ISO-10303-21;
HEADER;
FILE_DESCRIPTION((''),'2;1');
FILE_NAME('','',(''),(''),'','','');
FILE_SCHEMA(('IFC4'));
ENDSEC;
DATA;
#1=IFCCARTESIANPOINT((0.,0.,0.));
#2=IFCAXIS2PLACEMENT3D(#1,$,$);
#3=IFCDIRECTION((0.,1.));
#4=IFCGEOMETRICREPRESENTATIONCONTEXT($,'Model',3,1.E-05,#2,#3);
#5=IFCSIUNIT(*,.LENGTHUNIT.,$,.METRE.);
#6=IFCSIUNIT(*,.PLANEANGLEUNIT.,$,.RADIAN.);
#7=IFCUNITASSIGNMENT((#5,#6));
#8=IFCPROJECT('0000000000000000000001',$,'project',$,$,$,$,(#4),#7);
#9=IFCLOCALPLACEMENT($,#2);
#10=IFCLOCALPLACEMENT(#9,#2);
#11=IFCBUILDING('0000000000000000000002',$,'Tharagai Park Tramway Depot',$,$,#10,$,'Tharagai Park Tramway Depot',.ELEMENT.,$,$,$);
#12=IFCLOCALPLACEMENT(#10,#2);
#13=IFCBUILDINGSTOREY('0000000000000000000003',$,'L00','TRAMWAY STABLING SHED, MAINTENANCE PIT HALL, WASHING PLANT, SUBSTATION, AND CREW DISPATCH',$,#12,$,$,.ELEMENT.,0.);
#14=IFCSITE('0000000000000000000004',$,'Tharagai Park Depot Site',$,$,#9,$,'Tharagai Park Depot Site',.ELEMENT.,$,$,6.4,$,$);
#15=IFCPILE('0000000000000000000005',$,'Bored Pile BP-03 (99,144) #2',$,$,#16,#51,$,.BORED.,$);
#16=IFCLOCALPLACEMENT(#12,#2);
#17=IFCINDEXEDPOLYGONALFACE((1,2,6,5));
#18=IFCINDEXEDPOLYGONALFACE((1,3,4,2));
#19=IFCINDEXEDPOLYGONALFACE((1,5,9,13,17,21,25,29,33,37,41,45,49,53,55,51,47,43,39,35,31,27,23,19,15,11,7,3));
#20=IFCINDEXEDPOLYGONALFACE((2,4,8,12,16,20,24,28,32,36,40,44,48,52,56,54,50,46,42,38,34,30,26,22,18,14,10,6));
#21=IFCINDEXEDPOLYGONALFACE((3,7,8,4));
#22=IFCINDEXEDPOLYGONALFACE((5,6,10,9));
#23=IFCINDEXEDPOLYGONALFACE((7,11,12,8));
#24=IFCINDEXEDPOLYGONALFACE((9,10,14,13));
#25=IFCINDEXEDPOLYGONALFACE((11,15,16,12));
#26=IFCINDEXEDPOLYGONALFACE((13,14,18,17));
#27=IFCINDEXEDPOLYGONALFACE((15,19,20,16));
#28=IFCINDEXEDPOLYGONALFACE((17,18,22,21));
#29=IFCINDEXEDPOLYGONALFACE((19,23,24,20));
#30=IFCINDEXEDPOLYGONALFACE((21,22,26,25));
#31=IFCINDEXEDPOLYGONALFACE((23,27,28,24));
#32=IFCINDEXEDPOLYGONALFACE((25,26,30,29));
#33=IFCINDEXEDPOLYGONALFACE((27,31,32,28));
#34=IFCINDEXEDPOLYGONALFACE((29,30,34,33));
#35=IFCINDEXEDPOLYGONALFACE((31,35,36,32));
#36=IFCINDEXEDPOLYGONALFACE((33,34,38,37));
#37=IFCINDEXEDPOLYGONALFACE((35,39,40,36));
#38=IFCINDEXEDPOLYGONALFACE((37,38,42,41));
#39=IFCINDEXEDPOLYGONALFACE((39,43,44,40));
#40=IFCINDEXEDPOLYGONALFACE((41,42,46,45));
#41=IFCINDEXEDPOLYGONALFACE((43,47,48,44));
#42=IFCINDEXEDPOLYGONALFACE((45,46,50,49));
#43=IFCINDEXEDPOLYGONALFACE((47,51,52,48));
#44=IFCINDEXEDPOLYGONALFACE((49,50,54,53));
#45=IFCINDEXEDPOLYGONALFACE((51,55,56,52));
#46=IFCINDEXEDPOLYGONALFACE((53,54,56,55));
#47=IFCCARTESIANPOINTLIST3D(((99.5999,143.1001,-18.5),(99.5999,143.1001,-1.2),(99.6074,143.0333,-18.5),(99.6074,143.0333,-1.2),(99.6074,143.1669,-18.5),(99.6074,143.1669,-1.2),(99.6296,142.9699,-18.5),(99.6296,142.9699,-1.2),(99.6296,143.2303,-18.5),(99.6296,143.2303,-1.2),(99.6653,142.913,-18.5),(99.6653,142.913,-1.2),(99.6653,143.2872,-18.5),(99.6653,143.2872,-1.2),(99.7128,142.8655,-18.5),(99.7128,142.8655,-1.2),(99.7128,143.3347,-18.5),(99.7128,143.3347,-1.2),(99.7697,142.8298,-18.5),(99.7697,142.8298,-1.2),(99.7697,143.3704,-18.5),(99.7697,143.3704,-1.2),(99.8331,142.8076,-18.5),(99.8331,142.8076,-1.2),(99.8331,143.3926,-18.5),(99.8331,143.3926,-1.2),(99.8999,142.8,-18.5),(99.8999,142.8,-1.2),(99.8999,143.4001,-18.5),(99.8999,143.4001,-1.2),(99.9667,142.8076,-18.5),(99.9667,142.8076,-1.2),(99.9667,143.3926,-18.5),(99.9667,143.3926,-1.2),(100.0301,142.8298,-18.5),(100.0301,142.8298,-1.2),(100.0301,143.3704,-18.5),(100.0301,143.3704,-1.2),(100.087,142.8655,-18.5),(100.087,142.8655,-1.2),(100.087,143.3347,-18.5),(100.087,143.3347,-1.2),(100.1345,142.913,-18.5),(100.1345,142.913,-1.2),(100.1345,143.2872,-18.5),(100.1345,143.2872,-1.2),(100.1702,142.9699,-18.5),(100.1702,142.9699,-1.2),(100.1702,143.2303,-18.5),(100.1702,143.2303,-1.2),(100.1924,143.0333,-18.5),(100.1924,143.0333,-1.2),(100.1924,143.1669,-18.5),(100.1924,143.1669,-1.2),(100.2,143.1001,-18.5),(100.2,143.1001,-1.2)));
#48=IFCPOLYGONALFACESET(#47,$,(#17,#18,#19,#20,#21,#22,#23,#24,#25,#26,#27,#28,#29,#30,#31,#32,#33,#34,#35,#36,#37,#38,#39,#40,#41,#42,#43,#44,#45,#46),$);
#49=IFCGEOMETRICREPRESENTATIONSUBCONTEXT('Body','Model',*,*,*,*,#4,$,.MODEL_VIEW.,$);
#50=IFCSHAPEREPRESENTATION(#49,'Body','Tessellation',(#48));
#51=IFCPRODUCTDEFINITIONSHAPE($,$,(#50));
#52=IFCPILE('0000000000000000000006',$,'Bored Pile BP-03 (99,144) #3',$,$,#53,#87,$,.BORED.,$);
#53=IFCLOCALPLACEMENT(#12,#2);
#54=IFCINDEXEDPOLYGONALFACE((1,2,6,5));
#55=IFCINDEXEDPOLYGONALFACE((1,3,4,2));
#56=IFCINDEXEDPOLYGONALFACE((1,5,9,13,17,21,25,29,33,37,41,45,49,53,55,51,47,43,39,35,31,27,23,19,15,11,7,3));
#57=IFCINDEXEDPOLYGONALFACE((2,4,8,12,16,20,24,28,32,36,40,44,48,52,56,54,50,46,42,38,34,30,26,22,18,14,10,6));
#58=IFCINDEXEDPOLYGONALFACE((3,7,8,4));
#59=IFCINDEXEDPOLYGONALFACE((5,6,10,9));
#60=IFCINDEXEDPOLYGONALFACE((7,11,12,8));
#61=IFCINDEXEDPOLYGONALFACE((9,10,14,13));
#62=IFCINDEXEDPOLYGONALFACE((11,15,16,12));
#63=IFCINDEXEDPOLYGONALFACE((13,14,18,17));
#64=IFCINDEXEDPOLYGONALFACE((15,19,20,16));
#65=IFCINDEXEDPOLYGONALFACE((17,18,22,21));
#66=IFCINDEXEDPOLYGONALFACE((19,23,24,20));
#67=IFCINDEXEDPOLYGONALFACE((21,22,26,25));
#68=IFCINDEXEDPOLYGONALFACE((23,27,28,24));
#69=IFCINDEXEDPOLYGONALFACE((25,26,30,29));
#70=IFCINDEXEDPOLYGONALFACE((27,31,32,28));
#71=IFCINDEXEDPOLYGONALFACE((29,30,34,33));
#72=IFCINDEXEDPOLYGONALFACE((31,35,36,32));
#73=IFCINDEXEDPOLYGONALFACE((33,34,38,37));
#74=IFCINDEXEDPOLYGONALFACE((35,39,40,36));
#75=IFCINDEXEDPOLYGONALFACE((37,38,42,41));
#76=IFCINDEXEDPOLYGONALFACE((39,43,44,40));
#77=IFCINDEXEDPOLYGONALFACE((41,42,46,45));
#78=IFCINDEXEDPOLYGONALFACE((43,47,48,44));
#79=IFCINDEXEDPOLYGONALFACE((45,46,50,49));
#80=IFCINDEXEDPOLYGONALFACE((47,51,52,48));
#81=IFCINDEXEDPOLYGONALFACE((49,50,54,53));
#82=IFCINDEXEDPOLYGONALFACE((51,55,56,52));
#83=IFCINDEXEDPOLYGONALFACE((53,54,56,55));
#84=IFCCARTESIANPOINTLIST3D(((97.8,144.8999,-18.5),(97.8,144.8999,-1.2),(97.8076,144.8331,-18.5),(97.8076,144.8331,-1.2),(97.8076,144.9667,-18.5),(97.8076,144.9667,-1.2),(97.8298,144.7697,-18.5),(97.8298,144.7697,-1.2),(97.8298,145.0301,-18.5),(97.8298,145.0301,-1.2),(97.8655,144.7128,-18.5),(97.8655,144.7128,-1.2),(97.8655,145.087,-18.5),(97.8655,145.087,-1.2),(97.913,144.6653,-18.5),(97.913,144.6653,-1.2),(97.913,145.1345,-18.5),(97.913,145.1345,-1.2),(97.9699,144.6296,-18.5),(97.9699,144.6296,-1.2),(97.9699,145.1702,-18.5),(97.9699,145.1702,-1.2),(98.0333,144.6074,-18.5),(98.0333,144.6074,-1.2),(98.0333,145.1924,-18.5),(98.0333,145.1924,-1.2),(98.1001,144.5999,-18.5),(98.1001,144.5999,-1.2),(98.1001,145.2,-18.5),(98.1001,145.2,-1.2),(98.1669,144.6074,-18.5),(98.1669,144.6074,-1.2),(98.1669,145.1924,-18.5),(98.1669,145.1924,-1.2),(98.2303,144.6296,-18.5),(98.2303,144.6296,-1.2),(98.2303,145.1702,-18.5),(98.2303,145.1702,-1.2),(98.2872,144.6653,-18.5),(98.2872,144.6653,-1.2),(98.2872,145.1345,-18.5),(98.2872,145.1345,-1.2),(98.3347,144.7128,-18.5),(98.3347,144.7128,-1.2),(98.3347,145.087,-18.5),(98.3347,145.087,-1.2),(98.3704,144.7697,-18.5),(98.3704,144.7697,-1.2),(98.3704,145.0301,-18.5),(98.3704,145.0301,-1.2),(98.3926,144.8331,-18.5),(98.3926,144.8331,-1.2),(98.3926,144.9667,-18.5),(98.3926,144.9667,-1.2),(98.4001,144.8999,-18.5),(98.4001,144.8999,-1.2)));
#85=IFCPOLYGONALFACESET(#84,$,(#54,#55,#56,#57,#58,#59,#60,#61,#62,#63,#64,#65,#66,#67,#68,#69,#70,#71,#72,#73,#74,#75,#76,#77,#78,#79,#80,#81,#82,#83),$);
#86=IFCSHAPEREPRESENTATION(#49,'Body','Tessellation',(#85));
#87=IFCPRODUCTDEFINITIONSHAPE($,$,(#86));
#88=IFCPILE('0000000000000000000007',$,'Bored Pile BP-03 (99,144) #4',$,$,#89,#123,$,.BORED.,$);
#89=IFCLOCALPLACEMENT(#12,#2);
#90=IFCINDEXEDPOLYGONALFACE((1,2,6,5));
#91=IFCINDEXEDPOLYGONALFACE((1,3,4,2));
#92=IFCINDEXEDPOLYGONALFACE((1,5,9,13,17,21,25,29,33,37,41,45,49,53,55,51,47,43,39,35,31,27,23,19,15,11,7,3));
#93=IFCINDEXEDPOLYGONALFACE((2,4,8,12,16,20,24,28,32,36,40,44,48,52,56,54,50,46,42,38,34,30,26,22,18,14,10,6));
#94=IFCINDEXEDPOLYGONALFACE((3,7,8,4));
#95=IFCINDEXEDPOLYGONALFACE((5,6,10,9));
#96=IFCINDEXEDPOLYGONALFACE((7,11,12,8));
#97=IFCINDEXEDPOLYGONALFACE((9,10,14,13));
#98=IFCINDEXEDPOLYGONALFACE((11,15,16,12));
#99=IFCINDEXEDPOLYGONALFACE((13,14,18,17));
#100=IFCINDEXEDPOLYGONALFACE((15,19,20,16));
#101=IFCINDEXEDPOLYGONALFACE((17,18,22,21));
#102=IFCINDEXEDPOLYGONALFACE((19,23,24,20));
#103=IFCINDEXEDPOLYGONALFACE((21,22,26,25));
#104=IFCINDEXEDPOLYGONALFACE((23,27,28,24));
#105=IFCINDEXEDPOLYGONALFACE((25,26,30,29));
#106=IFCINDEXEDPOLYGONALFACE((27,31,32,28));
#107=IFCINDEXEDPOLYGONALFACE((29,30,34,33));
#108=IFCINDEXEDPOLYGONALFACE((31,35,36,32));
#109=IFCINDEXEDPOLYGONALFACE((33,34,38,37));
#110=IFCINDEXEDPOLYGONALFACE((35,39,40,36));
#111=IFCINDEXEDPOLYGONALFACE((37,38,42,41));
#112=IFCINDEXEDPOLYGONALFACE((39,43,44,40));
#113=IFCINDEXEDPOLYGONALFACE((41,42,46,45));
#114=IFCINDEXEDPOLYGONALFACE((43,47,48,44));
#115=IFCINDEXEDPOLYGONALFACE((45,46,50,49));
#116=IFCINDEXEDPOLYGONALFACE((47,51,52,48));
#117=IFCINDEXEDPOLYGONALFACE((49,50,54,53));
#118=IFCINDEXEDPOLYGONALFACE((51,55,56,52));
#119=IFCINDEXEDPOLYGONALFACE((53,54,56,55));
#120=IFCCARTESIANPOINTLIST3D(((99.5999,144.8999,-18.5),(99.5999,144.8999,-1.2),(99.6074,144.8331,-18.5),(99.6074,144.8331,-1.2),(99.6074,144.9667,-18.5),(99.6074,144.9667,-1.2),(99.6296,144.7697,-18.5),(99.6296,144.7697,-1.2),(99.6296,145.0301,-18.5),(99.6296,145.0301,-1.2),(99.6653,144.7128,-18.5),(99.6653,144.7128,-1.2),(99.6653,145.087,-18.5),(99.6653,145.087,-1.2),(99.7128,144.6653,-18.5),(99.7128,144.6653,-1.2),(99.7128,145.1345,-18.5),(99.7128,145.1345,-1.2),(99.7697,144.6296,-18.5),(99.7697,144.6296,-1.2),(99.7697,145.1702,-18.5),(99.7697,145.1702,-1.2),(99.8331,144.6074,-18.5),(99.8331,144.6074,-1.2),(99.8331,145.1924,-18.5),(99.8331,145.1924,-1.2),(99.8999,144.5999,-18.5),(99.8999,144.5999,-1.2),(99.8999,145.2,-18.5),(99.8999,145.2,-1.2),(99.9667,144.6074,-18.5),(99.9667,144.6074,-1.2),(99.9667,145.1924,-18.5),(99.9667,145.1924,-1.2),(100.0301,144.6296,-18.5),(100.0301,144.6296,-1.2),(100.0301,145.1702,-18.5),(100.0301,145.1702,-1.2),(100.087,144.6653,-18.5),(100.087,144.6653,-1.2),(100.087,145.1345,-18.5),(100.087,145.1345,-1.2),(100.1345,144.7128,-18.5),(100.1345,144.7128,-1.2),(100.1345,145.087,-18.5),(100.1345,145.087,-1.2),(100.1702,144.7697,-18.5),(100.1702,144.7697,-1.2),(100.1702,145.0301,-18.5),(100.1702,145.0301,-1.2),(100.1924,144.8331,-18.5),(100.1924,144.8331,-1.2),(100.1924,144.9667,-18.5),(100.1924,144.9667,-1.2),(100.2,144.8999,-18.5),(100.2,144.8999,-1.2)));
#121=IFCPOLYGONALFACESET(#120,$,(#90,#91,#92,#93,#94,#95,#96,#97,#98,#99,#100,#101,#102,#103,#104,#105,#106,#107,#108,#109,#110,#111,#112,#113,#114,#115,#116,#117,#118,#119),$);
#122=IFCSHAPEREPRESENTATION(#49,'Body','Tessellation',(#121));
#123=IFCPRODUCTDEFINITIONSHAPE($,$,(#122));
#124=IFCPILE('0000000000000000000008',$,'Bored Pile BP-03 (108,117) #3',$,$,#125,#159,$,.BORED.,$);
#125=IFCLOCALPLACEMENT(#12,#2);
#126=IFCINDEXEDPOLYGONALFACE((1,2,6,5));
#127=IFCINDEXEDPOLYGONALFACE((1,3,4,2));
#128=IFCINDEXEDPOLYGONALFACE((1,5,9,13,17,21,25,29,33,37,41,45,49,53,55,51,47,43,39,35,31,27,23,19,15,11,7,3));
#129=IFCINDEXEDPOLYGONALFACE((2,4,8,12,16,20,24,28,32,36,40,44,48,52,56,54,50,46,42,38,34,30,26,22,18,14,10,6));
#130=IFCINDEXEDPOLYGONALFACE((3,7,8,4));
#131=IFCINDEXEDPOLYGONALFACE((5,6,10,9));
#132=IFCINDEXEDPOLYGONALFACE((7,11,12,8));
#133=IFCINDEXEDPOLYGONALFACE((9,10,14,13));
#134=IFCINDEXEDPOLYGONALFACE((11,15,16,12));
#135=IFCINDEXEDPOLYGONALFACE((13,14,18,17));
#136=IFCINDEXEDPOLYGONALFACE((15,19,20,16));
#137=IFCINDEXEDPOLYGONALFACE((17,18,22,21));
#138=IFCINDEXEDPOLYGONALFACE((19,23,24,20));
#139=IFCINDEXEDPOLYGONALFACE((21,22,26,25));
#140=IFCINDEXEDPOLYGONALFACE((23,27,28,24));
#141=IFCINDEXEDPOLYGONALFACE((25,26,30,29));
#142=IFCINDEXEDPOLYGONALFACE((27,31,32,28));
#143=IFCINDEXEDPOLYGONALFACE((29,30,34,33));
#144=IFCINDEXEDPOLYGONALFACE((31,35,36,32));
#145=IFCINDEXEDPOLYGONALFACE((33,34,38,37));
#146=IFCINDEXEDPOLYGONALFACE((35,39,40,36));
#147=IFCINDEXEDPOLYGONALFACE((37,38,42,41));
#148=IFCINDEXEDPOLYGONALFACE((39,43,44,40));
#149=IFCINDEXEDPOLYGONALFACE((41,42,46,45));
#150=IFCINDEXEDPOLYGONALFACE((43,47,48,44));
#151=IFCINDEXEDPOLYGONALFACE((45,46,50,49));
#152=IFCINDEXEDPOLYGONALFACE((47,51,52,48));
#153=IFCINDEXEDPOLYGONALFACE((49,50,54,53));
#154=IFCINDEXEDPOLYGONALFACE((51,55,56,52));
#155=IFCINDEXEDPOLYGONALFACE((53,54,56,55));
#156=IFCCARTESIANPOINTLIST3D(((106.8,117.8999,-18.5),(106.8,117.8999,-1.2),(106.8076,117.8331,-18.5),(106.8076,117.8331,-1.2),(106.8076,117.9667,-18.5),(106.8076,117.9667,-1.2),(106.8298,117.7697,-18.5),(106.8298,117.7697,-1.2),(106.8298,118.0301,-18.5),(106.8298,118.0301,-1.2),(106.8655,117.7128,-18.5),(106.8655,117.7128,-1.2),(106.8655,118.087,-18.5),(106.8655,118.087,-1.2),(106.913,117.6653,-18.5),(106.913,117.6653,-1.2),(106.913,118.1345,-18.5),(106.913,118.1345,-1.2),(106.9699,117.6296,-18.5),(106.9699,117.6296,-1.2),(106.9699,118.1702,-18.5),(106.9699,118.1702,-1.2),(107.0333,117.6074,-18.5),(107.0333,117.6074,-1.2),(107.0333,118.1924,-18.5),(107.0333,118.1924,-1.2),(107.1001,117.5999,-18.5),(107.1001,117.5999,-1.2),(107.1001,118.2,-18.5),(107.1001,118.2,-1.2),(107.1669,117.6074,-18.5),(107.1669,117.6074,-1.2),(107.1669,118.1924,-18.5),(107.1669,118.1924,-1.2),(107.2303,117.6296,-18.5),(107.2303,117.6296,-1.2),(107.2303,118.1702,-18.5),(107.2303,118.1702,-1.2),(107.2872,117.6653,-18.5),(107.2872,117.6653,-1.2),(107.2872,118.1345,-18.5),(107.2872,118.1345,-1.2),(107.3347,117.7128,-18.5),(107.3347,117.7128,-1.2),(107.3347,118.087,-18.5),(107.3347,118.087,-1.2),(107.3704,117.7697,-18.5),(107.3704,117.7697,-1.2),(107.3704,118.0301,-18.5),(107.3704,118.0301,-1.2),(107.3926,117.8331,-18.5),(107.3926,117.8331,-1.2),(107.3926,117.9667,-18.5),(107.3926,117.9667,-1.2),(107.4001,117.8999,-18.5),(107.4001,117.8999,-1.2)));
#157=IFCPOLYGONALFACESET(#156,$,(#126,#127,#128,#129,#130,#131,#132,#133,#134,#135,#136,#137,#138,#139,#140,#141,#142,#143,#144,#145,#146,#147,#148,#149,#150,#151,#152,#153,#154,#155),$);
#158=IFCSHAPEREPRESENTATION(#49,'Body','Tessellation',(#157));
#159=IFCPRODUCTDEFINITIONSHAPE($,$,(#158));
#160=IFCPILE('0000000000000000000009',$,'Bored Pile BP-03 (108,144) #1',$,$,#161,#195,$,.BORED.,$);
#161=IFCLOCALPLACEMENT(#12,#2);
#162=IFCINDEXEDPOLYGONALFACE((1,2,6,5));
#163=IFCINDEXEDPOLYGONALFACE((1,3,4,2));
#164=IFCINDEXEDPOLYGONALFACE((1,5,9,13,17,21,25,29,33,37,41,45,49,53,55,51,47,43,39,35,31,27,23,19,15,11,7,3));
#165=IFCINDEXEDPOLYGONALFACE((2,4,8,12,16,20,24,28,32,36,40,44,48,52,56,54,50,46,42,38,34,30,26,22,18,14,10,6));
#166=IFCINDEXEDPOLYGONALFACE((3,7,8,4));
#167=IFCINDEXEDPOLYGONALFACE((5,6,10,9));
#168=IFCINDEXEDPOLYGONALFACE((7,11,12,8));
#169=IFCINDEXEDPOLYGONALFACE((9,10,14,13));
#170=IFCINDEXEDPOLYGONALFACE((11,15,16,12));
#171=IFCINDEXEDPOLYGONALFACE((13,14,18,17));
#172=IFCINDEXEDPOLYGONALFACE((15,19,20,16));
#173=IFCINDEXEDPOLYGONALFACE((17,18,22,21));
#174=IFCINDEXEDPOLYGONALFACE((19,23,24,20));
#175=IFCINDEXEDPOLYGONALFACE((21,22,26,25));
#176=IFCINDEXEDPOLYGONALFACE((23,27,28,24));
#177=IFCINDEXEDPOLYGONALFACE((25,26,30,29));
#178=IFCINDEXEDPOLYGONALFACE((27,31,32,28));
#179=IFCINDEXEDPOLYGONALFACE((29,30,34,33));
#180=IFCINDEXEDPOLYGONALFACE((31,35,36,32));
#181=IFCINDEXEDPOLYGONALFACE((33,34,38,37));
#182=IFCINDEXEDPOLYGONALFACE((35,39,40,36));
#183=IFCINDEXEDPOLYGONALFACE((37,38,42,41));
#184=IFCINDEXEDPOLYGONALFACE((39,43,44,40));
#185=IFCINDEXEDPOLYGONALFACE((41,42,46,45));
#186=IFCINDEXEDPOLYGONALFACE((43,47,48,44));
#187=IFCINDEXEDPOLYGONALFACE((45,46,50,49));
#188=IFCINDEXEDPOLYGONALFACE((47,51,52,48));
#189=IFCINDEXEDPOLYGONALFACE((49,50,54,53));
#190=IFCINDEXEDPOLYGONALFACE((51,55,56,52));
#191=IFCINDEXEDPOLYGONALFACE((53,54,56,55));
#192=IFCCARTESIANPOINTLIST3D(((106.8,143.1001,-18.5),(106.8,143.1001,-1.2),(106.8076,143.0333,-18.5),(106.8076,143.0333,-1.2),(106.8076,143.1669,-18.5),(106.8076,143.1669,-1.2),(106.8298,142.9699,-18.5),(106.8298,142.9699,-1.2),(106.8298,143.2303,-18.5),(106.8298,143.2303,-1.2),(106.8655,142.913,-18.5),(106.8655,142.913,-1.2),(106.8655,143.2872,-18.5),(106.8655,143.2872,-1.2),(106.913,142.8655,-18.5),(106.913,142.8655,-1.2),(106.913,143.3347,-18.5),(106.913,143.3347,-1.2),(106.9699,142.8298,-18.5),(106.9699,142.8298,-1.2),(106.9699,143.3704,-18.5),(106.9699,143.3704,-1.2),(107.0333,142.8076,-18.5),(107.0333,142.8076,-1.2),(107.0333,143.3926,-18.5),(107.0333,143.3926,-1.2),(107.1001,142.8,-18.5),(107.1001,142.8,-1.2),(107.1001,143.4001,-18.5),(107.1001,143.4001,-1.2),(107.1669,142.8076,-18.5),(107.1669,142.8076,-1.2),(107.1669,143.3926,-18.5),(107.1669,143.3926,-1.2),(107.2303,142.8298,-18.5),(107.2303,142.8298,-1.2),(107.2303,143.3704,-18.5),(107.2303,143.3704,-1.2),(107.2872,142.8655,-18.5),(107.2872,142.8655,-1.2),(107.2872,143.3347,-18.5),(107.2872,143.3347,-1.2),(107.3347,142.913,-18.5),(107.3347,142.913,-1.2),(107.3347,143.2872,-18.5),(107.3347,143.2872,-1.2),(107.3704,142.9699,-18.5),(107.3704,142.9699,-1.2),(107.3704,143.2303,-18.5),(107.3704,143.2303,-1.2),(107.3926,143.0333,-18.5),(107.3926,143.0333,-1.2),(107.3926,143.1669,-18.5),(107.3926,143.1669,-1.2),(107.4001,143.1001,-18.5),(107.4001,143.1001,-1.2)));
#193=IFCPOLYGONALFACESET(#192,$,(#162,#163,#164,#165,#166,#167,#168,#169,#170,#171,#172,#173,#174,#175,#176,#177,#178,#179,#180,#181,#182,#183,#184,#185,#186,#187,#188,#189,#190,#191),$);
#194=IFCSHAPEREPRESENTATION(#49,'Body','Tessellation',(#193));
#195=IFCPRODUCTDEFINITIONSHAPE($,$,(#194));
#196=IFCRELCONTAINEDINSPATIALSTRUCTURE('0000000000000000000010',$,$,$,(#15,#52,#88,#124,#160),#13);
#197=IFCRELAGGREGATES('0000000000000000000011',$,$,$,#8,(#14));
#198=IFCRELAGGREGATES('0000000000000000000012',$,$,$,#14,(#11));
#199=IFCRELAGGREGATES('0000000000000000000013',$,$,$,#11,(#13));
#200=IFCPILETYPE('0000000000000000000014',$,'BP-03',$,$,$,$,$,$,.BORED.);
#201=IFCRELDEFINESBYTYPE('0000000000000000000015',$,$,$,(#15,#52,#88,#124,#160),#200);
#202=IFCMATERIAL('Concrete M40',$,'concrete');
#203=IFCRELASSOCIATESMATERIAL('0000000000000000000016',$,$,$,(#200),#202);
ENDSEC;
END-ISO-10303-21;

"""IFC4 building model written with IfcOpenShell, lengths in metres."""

from ifc_helpers import new_model, si_unit, direction, frame, origin, origin_2d, place, context, subcontext, project, spatial, circle, extrude, material, material_profile, profile_set, type_object, element, save


model = new_model("IFC4")

# Units and contexts
model_context = context("Model", 3, precision=1e-05, world=origin(), true_north=direction((0.0, 1.0)))
body_context = subcontext(model_context, "Body", "Model", "MODEL_VIEW")
ifc_project = project(units=[si_unit("LENGTHUNIT", "METRE"), si_unit("PLANEANGLEUNIT", "RADIAN")], contexts=[model_context])

# Site, building, storey
site_placement = place(None, origin())
site = spatial("IfcSite", under=ifc_project, at=site_placement, Name="Tharagai Park Depot Site", LongName="Tharagai Park Depot Site", CompositionType="ELEMENT", RefElevation=6.4)
building_placement = place(site_placement, origin())
building = spatial("IfcBuilding", under=site, at=building_placement, Name="Tharagai Park Tramway Depot", LongName="Tharagai Park Tramway Depot", CompositionType="ELEMENT")
storey_placement = place(building_placement, origin())
storey = spatial("IfcBuildingStorey", under=building, at=storey_placement, Name="L00", Description="TRAMWAY STABLING SHED, MAINTENANCE PIT HALL, WASHING PLANT, SUBSTATION, AND CREW DISPATCH", CompositionType="ELEMENT", Elevation=0.0)

# Piles
ifc_material_1 = material(Name="Concrete M40", Category="concrete")
ifc_material_profile_1 = material_profile(ifc_material_1, circle(Radius=0.3, at=origin_2d()), Name="PILE D600")
ifc_profile_set_1 = profile_set([ifc_material_profile_1], Name="Concrete M40")
pile_type = type_object("IfcPileType", Name="BP-03", PredefinedType="BORED", material=ifc_profile_set_1)
for number, where, z_axis, x_axis, name in (
    (1, (99.8999, 143.1001, -1.2), (0.0, 0.0, -1.0), (1.0, 0.0, 0.0), "Bored Pile BP-03 (99,144) #2"),
    (2, (98.1001, 144.8999, -1.2), (0.0, 0.0, -1.0), (1.0, 0.0, 0.0), "Bored Pile BP-03 (99,144) #3"),
    (3, (99.8999, 144.8999, -1.2), (0.0, 0.0, -1.0), (1.0, 0.0, 0.0), "Bored Pile BP-03 (99,144) #4"),
    (4, (107.1001, 117.8999, -1.2), (0.0, 0.0, -1.0), (1.0, 0.0, 0.0), "Bored Pile BP-03 (108,117) #3"),
    (5, (107.1001, 143.1001, -1.2), (0.0, 0.0, -1.0), (1.0, 0.0, 0.0), "Bored Pile BP-03 (108,144) #1"),
):
    element("IfcPile", number, at=place(storey_placement, frame(where, z_axis=z_axis, x_axis=x_axis)), inside=storey, type_object=pile_type, Name=name, PredefinedType="BORED", context=body_context, shape_type="SweptSolid", body=[
        extrude(circle(Radius=0.3, at=origin_2d()), origin(), (0.0, 0.0, 1.0), 17.3),
    ])

save(model, "model.ifc")
